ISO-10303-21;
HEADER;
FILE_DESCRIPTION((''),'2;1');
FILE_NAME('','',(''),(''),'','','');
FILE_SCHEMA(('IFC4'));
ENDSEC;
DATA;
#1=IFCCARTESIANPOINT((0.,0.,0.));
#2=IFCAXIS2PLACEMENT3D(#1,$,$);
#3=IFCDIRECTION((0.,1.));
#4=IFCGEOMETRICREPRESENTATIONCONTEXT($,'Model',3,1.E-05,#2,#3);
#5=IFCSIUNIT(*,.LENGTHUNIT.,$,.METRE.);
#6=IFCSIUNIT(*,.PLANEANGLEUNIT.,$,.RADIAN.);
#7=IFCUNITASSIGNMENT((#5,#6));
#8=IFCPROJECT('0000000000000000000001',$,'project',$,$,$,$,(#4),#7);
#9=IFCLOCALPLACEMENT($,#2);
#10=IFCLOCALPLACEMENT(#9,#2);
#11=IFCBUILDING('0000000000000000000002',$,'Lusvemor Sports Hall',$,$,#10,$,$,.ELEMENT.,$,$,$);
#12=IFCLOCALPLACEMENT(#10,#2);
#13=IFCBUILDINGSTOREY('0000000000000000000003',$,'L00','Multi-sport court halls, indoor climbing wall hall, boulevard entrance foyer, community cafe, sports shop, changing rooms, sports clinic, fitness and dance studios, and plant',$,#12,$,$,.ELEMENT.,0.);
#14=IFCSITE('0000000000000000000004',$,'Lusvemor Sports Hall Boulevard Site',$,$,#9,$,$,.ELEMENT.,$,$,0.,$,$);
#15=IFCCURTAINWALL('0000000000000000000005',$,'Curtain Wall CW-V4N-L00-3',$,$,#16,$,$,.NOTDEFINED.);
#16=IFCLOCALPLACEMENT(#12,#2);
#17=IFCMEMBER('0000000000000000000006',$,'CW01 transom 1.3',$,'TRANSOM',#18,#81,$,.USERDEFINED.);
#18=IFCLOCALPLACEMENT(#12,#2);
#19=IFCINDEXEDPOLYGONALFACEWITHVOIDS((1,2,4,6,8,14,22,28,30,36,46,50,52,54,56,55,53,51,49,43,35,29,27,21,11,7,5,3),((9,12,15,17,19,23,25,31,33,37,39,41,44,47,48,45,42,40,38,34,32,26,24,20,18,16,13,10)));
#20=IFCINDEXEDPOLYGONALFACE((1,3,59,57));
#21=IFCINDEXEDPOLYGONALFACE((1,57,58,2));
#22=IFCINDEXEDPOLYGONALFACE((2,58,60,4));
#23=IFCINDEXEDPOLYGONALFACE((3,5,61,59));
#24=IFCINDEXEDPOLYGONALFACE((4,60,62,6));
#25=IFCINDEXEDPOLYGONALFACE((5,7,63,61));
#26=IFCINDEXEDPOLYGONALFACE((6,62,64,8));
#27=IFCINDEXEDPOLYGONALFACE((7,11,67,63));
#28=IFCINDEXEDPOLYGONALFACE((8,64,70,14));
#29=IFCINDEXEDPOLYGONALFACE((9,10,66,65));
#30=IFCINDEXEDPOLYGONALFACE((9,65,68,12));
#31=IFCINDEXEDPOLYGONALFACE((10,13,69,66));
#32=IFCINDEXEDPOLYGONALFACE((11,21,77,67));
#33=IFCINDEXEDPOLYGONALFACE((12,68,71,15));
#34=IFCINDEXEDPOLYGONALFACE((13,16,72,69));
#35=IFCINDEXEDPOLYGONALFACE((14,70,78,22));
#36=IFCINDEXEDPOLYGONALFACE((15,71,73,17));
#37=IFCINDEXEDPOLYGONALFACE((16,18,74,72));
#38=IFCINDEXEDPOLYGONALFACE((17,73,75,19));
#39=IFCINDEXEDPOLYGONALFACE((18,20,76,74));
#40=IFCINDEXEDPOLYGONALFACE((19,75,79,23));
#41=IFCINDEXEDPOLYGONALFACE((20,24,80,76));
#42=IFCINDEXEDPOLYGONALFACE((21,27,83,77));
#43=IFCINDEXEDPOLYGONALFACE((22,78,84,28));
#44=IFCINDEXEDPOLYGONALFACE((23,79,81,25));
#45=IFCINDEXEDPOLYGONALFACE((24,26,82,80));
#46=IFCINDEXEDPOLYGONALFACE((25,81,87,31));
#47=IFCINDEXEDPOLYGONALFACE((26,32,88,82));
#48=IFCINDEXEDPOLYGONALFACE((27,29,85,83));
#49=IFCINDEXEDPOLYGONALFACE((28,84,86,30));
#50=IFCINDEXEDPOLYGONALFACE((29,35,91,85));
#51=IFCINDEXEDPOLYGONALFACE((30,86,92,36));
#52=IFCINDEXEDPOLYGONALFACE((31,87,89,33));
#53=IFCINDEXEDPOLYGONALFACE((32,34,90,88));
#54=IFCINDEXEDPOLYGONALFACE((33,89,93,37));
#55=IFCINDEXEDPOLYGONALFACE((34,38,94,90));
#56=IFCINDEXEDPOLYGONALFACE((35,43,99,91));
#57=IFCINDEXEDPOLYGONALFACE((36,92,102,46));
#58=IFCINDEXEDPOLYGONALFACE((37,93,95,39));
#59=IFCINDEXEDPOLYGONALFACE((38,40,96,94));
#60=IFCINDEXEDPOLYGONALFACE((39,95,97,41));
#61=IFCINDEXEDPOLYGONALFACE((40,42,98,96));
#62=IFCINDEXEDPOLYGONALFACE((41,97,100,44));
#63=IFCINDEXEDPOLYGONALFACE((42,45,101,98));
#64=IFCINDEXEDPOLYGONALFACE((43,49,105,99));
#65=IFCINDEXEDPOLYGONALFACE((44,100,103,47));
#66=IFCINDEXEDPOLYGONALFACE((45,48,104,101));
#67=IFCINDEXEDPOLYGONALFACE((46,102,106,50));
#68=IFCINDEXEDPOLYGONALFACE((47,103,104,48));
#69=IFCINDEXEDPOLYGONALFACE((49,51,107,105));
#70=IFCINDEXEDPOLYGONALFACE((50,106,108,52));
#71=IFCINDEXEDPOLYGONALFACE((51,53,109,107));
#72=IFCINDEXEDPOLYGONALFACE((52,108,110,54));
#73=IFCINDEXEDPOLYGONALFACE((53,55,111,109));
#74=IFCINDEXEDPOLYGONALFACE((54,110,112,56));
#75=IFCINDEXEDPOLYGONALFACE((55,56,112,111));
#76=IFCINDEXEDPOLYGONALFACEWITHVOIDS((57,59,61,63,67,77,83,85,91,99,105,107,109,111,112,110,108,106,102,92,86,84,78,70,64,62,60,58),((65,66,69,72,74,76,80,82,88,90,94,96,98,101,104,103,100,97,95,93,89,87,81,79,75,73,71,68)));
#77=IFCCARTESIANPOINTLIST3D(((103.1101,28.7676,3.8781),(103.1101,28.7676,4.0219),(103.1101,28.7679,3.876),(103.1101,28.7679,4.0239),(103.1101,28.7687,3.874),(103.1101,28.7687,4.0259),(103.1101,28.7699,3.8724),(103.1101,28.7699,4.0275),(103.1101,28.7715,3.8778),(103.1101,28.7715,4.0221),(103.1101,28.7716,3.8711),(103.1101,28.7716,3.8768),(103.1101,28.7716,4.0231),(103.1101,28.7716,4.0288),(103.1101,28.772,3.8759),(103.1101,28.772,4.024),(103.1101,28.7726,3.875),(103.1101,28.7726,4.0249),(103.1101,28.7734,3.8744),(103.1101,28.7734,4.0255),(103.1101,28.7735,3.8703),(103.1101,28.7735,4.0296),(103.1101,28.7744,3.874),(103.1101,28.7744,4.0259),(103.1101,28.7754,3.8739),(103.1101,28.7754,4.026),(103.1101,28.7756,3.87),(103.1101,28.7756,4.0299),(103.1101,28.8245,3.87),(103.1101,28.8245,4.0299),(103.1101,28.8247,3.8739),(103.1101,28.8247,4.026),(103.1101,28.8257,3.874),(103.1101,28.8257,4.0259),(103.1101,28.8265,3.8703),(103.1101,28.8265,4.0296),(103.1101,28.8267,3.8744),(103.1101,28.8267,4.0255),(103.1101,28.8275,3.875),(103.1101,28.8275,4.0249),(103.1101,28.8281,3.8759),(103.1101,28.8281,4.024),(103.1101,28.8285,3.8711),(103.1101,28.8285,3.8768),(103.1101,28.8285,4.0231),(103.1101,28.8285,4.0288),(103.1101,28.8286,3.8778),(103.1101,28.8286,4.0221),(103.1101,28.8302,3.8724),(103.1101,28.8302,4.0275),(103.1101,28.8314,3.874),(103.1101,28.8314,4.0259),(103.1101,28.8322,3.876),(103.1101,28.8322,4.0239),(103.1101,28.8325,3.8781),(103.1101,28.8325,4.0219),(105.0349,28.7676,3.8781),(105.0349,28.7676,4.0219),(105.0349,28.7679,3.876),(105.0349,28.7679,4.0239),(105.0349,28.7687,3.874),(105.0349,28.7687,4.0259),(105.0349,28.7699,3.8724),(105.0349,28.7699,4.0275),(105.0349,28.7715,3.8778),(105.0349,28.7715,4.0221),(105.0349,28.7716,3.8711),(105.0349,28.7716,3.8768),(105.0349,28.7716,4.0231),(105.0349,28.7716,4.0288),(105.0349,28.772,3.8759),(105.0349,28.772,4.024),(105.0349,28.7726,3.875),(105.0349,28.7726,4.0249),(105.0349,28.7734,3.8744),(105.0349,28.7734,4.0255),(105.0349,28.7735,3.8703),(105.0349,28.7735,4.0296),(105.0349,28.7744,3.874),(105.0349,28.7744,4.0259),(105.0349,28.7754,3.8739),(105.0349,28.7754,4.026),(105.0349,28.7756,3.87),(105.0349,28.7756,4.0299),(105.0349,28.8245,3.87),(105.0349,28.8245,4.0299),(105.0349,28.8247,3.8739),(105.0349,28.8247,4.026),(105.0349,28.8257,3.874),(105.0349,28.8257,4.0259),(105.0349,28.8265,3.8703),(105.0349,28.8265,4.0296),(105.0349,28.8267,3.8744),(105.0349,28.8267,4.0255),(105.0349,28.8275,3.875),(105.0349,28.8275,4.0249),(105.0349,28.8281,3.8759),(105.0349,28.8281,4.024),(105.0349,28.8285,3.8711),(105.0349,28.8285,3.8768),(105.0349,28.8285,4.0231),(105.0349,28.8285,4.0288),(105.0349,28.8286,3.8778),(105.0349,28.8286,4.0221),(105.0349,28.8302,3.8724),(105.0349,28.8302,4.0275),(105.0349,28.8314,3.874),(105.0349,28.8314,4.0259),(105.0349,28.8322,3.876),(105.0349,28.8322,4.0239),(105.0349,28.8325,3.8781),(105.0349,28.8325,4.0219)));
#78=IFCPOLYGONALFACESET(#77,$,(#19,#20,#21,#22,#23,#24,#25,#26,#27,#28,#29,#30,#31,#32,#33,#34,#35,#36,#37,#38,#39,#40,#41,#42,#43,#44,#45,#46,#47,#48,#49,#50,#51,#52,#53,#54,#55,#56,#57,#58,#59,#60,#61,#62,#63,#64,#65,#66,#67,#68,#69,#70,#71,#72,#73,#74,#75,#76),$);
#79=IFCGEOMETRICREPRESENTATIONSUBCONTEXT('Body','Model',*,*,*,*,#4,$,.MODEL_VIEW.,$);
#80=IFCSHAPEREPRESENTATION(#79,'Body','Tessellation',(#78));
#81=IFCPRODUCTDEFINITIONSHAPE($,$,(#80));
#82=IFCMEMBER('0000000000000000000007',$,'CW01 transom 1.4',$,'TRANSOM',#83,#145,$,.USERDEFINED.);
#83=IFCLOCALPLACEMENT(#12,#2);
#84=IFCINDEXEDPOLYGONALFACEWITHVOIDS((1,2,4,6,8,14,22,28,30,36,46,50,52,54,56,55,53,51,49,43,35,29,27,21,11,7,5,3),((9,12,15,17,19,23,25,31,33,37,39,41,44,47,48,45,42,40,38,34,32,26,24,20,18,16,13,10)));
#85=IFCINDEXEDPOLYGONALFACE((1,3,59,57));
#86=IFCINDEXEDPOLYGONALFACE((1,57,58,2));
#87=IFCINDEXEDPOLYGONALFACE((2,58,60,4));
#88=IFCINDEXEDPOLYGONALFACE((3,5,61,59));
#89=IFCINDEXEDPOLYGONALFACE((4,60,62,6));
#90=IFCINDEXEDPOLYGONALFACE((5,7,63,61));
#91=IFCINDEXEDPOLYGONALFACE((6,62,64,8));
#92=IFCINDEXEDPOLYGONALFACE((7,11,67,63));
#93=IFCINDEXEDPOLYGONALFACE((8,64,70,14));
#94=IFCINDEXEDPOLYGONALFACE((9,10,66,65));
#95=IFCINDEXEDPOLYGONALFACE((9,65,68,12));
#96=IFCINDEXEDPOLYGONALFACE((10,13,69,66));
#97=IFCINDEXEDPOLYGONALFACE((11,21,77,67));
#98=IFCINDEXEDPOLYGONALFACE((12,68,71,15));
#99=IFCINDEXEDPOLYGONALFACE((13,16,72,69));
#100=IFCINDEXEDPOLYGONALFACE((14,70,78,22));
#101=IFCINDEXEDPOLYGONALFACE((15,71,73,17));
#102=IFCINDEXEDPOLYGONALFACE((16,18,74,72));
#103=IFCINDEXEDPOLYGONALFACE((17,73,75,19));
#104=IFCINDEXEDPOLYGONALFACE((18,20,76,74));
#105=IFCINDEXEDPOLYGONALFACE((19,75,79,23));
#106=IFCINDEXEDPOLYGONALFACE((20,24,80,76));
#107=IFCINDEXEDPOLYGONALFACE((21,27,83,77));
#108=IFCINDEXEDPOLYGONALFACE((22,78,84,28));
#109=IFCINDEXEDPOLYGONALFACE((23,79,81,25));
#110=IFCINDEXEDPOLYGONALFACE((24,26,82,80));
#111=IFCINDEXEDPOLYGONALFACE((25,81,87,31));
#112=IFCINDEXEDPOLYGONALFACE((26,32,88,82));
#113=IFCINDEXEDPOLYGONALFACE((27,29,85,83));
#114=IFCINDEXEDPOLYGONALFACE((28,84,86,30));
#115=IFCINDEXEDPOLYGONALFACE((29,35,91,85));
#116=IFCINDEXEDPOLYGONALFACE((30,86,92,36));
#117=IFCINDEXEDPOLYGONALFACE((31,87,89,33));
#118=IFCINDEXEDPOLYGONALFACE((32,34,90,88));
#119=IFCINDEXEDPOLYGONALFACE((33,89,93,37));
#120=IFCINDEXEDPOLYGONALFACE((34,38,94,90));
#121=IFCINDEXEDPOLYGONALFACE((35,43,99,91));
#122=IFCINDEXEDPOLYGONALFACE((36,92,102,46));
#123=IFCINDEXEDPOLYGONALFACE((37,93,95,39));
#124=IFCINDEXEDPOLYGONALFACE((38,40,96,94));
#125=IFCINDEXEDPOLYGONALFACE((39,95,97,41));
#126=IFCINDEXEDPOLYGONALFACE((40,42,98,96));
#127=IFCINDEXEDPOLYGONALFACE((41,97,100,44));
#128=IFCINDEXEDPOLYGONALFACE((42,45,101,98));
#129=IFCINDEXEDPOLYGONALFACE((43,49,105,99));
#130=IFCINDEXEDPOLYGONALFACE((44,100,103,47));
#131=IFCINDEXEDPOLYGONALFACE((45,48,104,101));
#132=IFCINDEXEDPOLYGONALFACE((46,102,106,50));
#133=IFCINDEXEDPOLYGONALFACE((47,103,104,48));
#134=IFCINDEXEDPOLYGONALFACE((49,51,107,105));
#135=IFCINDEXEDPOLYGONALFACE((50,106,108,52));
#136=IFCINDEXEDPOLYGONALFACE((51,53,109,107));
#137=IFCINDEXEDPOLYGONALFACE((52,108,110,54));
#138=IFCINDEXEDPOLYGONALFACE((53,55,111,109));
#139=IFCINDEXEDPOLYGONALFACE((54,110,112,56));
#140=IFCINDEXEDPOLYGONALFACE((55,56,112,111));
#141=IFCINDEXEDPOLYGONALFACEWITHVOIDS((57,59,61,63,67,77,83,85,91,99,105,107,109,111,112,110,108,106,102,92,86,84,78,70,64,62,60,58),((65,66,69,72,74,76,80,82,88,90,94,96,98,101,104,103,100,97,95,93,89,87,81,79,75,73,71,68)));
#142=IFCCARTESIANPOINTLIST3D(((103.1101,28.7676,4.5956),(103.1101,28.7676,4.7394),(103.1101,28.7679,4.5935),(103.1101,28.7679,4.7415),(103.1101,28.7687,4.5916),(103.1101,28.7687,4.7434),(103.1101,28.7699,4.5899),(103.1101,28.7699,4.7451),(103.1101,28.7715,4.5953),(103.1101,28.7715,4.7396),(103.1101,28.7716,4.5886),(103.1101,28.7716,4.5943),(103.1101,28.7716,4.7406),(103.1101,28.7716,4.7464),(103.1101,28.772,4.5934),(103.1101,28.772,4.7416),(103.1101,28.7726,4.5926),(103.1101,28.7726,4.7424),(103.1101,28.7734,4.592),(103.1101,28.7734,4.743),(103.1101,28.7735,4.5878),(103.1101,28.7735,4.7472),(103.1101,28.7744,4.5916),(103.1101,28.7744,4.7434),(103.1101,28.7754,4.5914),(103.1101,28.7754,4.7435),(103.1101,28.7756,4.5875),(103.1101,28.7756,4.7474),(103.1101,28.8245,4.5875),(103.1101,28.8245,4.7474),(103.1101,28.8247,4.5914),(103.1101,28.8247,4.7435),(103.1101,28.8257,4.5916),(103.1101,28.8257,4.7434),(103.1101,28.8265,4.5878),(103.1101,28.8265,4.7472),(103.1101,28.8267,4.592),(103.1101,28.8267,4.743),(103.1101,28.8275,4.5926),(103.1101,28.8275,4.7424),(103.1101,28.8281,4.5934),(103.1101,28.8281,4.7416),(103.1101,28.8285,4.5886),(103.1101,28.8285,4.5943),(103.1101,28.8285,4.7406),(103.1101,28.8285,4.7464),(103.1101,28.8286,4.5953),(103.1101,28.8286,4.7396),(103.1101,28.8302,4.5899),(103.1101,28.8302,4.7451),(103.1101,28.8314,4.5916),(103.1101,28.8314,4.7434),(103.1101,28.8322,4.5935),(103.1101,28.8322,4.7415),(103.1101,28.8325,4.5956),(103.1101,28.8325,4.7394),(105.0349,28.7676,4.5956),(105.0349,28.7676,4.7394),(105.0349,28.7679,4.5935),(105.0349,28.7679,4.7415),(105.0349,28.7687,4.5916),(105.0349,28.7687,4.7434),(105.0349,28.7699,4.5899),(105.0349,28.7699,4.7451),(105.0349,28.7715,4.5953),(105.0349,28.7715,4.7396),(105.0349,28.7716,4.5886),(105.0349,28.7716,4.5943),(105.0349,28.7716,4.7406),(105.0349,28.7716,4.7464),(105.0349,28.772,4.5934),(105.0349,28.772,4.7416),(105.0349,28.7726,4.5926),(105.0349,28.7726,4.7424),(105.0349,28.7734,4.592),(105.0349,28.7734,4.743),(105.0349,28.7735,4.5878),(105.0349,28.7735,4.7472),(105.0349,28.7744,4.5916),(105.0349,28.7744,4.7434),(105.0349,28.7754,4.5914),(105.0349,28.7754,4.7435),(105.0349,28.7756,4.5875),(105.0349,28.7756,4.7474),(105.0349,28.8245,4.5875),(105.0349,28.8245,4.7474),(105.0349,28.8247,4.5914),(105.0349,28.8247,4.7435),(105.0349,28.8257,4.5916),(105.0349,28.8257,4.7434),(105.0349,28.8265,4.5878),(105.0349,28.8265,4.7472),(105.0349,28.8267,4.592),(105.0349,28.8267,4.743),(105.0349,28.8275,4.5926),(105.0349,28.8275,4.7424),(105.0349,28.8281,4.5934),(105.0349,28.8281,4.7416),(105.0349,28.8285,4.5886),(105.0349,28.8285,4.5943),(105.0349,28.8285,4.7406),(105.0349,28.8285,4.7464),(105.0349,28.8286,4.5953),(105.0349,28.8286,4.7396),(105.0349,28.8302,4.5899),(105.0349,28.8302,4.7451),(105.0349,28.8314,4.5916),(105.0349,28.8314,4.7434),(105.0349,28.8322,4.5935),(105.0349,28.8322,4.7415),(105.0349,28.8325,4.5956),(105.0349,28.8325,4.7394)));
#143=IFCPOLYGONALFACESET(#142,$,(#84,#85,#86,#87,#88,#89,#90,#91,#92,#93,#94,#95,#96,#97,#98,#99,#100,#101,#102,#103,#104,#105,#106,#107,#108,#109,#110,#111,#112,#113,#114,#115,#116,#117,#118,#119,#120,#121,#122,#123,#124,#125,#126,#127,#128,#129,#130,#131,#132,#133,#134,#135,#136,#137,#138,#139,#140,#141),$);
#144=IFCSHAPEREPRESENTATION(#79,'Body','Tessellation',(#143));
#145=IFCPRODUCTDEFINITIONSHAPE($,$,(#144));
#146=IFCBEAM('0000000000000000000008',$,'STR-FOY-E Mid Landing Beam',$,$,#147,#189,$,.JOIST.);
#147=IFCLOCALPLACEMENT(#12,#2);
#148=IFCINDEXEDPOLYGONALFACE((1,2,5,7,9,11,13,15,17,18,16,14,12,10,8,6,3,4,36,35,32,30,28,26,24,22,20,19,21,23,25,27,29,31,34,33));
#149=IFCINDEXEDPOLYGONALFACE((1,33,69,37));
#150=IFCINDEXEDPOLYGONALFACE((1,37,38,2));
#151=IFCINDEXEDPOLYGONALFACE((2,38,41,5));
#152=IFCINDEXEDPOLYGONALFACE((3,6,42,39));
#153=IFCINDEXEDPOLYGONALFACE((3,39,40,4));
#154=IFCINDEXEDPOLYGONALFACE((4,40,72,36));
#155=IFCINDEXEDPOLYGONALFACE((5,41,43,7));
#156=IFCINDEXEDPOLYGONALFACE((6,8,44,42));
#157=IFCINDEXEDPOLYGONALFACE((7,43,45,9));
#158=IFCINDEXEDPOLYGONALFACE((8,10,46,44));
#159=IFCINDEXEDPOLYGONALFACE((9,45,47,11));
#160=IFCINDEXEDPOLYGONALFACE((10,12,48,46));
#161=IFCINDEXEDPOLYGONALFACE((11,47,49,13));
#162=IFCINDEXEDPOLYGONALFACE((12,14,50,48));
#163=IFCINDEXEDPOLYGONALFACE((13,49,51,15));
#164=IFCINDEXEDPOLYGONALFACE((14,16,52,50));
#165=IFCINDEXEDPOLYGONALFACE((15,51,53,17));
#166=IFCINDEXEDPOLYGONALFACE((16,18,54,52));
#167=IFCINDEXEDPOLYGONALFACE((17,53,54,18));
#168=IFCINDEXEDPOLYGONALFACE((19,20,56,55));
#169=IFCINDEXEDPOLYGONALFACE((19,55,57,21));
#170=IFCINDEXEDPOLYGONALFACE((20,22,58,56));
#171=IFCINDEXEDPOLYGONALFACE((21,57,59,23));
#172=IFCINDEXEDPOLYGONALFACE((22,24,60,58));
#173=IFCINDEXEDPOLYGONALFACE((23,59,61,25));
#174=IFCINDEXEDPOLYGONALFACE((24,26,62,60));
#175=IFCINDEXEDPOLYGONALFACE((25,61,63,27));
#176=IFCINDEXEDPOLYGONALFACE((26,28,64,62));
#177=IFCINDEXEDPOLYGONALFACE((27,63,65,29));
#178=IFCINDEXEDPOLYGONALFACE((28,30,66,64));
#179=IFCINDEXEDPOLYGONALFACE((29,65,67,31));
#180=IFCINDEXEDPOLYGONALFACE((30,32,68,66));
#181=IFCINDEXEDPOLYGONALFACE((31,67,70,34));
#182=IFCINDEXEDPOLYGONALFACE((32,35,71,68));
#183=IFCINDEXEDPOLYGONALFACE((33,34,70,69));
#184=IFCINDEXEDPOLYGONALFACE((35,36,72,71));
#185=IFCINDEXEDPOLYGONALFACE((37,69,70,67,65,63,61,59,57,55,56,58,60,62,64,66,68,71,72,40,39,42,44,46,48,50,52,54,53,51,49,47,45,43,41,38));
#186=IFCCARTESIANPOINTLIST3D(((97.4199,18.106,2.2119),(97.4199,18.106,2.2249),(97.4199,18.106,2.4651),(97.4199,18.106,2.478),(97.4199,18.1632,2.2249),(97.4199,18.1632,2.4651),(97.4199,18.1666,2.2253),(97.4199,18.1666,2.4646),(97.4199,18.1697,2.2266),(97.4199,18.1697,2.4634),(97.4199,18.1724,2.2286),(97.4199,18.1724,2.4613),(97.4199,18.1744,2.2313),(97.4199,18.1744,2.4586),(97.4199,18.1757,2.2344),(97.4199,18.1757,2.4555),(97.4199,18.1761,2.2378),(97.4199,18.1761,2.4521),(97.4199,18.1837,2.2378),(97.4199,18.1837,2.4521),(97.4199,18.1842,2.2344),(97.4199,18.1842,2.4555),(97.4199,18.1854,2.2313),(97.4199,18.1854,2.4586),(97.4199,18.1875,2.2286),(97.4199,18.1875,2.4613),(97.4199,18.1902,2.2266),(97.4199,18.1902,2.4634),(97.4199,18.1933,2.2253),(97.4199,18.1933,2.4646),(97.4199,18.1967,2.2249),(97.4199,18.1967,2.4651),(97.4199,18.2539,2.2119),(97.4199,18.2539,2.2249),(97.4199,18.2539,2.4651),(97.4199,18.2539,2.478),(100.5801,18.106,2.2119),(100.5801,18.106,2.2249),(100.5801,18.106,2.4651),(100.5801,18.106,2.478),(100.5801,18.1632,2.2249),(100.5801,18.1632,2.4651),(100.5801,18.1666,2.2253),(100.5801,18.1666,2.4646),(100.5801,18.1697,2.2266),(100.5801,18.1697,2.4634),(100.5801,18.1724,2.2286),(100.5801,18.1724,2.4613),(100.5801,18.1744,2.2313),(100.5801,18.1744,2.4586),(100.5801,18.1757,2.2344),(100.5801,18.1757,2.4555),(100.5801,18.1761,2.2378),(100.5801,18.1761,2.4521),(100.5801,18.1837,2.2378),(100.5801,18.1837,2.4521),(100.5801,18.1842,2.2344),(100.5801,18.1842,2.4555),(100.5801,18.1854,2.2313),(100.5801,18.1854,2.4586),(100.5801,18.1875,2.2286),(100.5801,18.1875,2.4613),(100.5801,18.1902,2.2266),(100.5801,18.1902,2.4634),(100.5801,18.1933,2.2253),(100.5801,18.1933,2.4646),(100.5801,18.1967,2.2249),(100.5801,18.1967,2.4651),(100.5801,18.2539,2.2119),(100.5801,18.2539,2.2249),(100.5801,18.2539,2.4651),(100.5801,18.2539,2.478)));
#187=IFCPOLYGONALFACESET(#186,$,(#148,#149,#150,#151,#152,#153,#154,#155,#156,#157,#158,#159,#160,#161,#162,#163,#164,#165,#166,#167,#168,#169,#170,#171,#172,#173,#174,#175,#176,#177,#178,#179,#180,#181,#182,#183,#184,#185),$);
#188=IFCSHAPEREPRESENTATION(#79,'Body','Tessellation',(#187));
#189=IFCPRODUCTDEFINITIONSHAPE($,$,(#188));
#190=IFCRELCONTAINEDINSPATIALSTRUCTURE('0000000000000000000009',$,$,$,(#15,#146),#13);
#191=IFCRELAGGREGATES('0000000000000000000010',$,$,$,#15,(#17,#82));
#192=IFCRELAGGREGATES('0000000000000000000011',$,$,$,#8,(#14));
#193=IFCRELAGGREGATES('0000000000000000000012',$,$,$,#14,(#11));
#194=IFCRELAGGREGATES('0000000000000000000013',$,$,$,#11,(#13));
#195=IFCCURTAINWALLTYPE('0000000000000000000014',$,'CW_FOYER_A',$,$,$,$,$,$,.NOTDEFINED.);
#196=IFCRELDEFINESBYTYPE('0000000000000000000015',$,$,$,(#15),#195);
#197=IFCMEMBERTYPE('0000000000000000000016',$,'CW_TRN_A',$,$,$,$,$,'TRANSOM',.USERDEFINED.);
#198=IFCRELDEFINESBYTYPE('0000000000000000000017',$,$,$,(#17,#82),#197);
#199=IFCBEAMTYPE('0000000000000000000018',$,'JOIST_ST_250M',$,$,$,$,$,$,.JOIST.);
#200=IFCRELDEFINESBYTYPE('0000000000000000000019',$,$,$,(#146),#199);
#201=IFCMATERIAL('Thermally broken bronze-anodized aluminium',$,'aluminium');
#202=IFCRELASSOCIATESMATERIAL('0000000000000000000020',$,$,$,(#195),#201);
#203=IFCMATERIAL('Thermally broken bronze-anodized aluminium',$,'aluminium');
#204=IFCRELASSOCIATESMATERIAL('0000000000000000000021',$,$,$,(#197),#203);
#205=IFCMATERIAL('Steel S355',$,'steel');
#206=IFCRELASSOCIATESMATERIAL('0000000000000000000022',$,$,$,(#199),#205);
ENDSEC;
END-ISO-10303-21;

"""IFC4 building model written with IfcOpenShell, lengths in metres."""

from ifc_helpers import new_model, si_unit, direction, frame, origin, origin_2d, place, context, subcontext, project, spatial, hollow_rectangle, i_section, extrude, material, material_profile, profile_set, type_object, element, aggregate, save


model = new_model("IFC4")

# Units and contexts
model_context = context("Model", 3, precision=1e-05, world=origin(), true_north=direction((0.0, 1.0)))
body_context = subcontext(model_context, "Body", "Model", "MODEL_VIEW")
ifc_project = project(units=[si_unit("LENGTHUNIT", "METRE"), si_unit("PLANEANGLEUNIT", "RADIAN")], contexts=[model_context])

# Site, building, storey
site_placement = place(None, origin())
site = spatial("IfcSite", under=ifc_project, at=site_placement, Name="Lusvemor Sports Hall Boulevard Site", CompositionType="ELEMENT", RefElevation=0.0)
building_placement = place(site_placement, origin())
building = spatial("IfcBuilding", under=site, at=building_placement, Name="Lusvemor Sports Hall", CompositionType="ELEMENT")
storey_placement = place(building_placement, origin())
storey = spatial("IfcBuildingStorey", under=building, at=storey_placement, Name="L00", Description="Multi-sport court halls, indoor climbing wall hall, boulevard entrance foyer, community cafe, sports shop, changing rooms, sports clinic, fitness and dance studios, and plant", CompositionType="ELEMENT", Elevation=0.0)

# Curtain wall, members
ifc_material_1 = material(Name="Thermally broken bronze-anodized aluminium", Category="aluminium")
curtain_wall_type = type_object("IfcCurtainWallType", Name="CW_FOYER_A", PredefinedType="NOTDEFINED", material=ifc_material_1)
curtain_wall_placement = place(storey_placement, origin())
curtain_wall = element("IfcCurtainWall", 1, at=curtain_wall_placement, inside=storey, type_object=curtain_wall_type, Name="Curtain Wall CW-V4N-L00-3", PredefinedType="NOTDEFINED")
ifc_material_2 = material(Name="Thermally broken bronze-anodized aluminium", Category="aluminium")
ifc_material_profile_1 = material_profile(ifc_material_2, hollow_rectangle(XDim=0.0649, YDim=0.1599, WallThickness=0.0039, InnerFilletRadius=0.0039, OuterFilletRadius=0.0081, at=origin_2d()), Name="CWTRN160x65x4")
ifc_profile_set_1 = profile_set([ifc_material_profile_1], Name="Thermally broken bronze-anodized aluminium")
member_type_1 = type_object("IfcMemberType", Name="CW_TRN_A", ElementType="TRANSOM", PredefinedType="USERDEFINED", material=ifc_profile_set_1)
member_1_placement = place(storey_placement, frame((103.1101, 28.8, 3.95), z_axis=(1.0, 0.0, 0.0), x_axis=(0.0, 1.0, 0.0)))
member_1 = element("IfcMember", 2, at=member_1_placement, type_object=member_type_1, Name="CW01 transom 1.3", ObjectType="TRANSOM", PredefinedType="USERDEFINED", context=body_context, shape_type="SweptSolid", body=[
    extrude(hollow_rectangle(XDim=0.0649, YDim=0.1599, WallThickness=0.0039, InnerFilletRadius=0.0039, OuterFilletRadius=0.0081, at=origin_2d()), origin(), (0.0, 0.0, 1.0), 1.9248),
])
member_2_placement = place(storey_placement, frame((103.1101, 28.8, 4.6675), z_axis=(1.0, 0.0, 0.0), x_axis=(0.0, 1.0, 0.0)))
member_2 = element("IfcMember", 3, at=member_2_placement, type_object=member_type_1, Name="CW01 transom 1.4", ObjectType="TRANSOM", PredefinedType="USERDEFINED", context=body_context, shape_type="SweptSolid", body=[
    extrude(hollow_rectangle(XDim=0.0649, YDim=0.1599, WallThickness=0.0039, InnerFilletRadius=0.0039, OuterFilletRadius=0.0081, at=origin_2d()), origin(), (0.0, 0.0, 1.0), 1.9248),
])

# Beam
ifc_material_3 = material(Name="Steel S355", Category="steel")
ifc_material_profile_2 = material_profile(ifc_material_3, i_section(OverallWidth=0.1479, OverallDepth=0.2661, WebThickness=0.0076, FlangeThickness=0.0129, FilletRadius=0.0129, at=origin_2d()), Name="W250x44.8")
ifc_profile_set_2 = profile_set([ifc_material_profile_2], Name="Steel S355")
beam_type = type_object("IfcBeamType", Name="JOIST_ST_250M", PredefinedType="JOIST", material=ifc_profile_set_2)
for number, where, z_axis, x_axis, name in (
    (4, (97.4199, 18.1799, 2.345), (1.0, 0.0, 0.0), (0.0, 1.0, 0.0), "STR-FOY-E Mid Landing Beam"),
):
    element("IfcBeam", number, at=place(storey_placement, frame(where, z_axis=z_axis, x_axis=x_axis)), inside=storey, type_object=beam_type, Name=name, PredefinedType="JOIST", context=body_context, shape_type="SweptSolid", body=[
        extrude(i_section(OverallWidth=0.1479, OverallDepth=0.2661, WebThickness=0.0076, FlangeThickness=0.0129, FilletRadius=0.0129, at=origin_2d()), origin(), (0.0, 0.0, 1.0), 3.1602),
    ])

aggregate(curtain_wall, [member_1, member_2])

save(model, "model.ifc")
